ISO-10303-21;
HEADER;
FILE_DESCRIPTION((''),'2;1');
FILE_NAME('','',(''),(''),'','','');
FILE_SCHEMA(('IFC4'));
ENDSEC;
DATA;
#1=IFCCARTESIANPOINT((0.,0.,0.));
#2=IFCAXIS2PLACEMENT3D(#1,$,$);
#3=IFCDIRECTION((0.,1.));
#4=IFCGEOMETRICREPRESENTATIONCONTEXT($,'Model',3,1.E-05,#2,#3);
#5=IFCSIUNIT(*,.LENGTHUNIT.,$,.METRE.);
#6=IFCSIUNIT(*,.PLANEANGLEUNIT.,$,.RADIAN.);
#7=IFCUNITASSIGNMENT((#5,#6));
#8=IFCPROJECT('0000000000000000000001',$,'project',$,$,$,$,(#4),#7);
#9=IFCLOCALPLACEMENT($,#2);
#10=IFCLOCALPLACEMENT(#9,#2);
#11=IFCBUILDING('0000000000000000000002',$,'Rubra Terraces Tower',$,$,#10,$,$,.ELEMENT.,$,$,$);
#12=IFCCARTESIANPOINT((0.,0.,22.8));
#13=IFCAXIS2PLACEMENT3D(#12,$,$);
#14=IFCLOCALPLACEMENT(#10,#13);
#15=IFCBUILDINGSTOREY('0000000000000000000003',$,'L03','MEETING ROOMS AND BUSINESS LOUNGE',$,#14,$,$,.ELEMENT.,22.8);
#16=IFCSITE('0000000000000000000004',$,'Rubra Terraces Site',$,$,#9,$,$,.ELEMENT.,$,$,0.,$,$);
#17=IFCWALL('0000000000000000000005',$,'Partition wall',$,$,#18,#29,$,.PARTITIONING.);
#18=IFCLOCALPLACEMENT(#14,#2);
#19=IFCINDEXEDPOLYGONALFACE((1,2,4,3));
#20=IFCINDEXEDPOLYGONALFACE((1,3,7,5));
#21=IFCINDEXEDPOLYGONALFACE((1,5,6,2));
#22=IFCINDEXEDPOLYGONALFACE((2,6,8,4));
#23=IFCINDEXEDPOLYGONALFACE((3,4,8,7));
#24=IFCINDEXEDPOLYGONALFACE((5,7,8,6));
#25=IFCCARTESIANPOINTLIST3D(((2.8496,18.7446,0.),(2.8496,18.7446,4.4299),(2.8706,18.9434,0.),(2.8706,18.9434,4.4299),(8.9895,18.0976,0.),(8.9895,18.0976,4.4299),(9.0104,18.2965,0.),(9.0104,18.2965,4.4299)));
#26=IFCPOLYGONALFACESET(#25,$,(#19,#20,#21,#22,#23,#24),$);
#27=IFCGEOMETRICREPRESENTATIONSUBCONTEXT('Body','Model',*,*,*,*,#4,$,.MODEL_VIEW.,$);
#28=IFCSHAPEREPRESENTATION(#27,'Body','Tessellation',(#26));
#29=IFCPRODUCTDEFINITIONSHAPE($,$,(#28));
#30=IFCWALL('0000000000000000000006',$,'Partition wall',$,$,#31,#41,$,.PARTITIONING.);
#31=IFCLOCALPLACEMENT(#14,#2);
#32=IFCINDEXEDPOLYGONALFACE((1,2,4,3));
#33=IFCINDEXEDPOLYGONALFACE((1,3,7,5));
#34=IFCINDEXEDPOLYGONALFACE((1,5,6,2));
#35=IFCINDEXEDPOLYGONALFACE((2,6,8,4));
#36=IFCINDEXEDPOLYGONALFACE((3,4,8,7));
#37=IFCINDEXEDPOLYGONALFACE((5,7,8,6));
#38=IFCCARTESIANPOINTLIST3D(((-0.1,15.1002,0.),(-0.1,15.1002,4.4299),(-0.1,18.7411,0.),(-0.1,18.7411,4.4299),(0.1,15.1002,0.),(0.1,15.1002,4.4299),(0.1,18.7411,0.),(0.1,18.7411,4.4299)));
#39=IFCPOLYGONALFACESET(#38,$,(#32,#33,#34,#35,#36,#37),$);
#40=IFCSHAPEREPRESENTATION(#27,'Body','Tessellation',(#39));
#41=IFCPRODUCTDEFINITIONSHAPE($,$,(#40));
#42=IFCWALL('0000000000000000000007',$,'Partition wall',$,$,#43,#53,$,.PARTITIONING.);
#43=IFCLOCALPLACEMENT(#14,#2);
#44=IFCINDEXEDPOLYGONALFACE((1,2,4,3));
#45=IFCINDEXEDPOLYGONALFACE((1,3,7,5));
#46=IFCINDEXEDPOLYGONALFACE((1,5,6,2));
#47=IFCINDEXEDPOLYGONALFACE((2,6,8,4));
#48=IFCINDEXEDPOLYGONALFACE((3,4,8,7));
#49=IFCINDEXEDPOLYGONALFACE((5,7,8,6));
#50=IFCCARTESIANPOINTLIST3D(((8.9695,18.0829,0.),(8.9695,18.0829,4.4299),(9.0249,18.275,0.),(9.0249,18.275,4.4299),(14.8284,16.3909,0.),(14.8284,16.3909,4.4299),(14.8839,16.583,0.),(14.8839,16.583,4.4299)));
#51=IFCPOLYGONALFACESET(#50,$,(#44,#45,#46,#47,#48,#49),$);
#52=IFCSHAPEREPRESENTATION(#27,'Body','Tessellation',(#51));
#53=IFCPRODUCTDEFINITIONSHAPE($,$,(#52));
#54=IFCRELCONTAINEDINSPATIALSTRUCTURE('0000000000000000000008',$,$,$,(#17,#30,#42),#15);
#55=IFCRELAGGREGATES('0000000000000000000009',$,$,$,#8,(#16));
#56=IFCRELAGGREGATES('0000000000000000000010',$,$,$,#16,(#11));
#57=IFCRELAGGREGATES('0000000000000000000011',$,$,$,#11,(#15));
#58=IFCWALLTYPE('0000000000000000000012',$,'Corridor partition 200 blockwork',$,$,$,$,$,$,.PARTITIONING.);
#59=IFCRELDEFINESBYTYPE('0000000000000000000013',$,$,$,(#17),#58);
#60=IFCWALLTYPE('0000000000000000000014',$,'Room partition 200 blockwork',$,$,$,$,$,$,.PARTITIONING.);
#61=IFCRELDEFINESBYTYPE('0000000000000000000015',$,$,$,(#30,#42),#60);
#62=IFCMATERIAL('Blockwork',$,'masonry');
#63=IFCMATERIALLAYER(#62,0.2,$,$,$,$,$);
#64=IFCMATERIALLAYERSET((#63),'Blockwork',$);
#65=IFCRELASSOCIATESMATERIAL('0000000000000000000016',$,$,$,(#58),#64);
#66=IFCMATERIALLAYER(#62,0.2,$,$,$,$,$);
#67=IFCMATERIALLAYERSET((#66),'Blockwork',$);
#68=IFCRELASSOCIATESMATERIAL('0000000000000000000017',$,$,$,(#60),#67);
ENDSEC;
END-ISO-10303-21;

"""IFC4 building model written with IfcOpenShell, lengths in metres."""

from ifc_helpers import new_model, si_unit, direction, frame, frame_2d, origin, place, context, subcontext, project, spatial, rectangle, extrude, material, layer, layer_set, type_object, element, save


model = new_model("IFC4")

# Units and contexts
model_context = context("Model", 3, precision=1e-05, world=origin(), true_north=direction((0.0, 1.0)))
body_context = subcontext(model_context, "Body", "Model", "MODEL_VIEW")
ifc_project = project(units=[si_unit("LENGTHUNIT", "METRE"), si_unit("PLANEANGLEUNIT", "RADIAN")], contexts=[model_context])

# Site, building, storey
site_placement = place(None, origin())
site = spatial("IfcSite", under=ifc_project, at=site_placement, Name="Rubra Terraces Site", CompositionType="ELEMENT", RefElevation=0.0)
building_placement = place(site_placement, origin())
building = spatial("IfcBuilding", under=site, at=building_placement, Name="Rubra Terraces Tower", CompositionType="ELEMENT")
storey_placement = place(building_placement, frame((0.0, 0.0, 22.8)))
storey = spatial("IfcBuildingStorey", under=building, at=storey_placement, Name="L03", Description="MEETING ROOMS AND BUSINESS LOUNGE", CompositionType="ELEMENT", Elevation=22.8)

# Walls
ifc_material_1 = material(Name="Blockwork", Category="masonry")
ifc_layer_1 = layer(ifc_material_1, 0.2)
ifc_layer_set_1 = layer_set([ifc_layer_1], Name="Blockwork")
wall_type_1 = type_object("IfcWallType", Name="Corridor partition 200 blockwork", PredefinedType="PARTITIONING", material=ifc_layer_set_1)
wall_1_placement = place(storey_placement, frame((2.8601, 18.844, 0.0), z_axis=(0.0, 0.0, 1.0), x_axis=(0.994494, -0.104792, 0.0)))
element("IfcWall", 1, at=wall_1_placement, inside=storey, type_object=wall_type_1, Name="Partition wall", PredefinedType="PARTITIONING", context=body_context, shape_type="SweptSolid", body=[
    extrude(rectangle(XDim=6.1738, YDim=0.2, at=frame_2d((3.0869, 0.0))), origin(), (0.0, 0.0, 1.0), 4.4299),
])
ifc_layer_2 = layer(ifc_material_1, 0.2)
ifc_layer_set_2 = layer_set([ifc_layer_2], Name="Blockwork")
wall_type_2 = type_object("IfcWallType", Name="Room partition 200 blockwork", PredefinedType="PARTITIONING", material=ifc_layer_set_2)
wall_2_placement = place(storey_placement, frame((0.0, 18.741, 0.0), z_axis=(0.0, 0.0, 1.0), x_axis=(0.0, -1.0, 0.0)))
element("IfcWall", 2, at=wall_2_placement, inside=storey, type_object=wall_type_2, Name="Partition wall", PredefinedType="PARTITIONING", context=body_context, shape_type="SweptSolid", body=[
    extrude(rectangle(XDim=3.6409, YDim=0.2, at=frame_2d((1.8203, 0.0))), origin(), (0.0, 0.0, 1.0), 4.4299),
])
wall_3_placement = place(storey_placement, frame((8.9971, 18.179, 0.0), z_axis=(0.0, 0.0, 1.0), x_axis=(0.960744, -0.277438, 0.0)))
element("IfcWall", 3, at=wall_3_placement, inside=storey, type_object=wall_type_2, Name="Partition wall", PredefinedType="PARTITIONING", context=body_context, shape_type="SweptSolid", body=[
    extrude(rectangle(XDim=6.0984, YDim=0.2, at=frame_2d((3.0493, 0.0))), origin(), (0.0, 0.0, 1.0), 4.4299),
])

save(model, "model.ifc")
